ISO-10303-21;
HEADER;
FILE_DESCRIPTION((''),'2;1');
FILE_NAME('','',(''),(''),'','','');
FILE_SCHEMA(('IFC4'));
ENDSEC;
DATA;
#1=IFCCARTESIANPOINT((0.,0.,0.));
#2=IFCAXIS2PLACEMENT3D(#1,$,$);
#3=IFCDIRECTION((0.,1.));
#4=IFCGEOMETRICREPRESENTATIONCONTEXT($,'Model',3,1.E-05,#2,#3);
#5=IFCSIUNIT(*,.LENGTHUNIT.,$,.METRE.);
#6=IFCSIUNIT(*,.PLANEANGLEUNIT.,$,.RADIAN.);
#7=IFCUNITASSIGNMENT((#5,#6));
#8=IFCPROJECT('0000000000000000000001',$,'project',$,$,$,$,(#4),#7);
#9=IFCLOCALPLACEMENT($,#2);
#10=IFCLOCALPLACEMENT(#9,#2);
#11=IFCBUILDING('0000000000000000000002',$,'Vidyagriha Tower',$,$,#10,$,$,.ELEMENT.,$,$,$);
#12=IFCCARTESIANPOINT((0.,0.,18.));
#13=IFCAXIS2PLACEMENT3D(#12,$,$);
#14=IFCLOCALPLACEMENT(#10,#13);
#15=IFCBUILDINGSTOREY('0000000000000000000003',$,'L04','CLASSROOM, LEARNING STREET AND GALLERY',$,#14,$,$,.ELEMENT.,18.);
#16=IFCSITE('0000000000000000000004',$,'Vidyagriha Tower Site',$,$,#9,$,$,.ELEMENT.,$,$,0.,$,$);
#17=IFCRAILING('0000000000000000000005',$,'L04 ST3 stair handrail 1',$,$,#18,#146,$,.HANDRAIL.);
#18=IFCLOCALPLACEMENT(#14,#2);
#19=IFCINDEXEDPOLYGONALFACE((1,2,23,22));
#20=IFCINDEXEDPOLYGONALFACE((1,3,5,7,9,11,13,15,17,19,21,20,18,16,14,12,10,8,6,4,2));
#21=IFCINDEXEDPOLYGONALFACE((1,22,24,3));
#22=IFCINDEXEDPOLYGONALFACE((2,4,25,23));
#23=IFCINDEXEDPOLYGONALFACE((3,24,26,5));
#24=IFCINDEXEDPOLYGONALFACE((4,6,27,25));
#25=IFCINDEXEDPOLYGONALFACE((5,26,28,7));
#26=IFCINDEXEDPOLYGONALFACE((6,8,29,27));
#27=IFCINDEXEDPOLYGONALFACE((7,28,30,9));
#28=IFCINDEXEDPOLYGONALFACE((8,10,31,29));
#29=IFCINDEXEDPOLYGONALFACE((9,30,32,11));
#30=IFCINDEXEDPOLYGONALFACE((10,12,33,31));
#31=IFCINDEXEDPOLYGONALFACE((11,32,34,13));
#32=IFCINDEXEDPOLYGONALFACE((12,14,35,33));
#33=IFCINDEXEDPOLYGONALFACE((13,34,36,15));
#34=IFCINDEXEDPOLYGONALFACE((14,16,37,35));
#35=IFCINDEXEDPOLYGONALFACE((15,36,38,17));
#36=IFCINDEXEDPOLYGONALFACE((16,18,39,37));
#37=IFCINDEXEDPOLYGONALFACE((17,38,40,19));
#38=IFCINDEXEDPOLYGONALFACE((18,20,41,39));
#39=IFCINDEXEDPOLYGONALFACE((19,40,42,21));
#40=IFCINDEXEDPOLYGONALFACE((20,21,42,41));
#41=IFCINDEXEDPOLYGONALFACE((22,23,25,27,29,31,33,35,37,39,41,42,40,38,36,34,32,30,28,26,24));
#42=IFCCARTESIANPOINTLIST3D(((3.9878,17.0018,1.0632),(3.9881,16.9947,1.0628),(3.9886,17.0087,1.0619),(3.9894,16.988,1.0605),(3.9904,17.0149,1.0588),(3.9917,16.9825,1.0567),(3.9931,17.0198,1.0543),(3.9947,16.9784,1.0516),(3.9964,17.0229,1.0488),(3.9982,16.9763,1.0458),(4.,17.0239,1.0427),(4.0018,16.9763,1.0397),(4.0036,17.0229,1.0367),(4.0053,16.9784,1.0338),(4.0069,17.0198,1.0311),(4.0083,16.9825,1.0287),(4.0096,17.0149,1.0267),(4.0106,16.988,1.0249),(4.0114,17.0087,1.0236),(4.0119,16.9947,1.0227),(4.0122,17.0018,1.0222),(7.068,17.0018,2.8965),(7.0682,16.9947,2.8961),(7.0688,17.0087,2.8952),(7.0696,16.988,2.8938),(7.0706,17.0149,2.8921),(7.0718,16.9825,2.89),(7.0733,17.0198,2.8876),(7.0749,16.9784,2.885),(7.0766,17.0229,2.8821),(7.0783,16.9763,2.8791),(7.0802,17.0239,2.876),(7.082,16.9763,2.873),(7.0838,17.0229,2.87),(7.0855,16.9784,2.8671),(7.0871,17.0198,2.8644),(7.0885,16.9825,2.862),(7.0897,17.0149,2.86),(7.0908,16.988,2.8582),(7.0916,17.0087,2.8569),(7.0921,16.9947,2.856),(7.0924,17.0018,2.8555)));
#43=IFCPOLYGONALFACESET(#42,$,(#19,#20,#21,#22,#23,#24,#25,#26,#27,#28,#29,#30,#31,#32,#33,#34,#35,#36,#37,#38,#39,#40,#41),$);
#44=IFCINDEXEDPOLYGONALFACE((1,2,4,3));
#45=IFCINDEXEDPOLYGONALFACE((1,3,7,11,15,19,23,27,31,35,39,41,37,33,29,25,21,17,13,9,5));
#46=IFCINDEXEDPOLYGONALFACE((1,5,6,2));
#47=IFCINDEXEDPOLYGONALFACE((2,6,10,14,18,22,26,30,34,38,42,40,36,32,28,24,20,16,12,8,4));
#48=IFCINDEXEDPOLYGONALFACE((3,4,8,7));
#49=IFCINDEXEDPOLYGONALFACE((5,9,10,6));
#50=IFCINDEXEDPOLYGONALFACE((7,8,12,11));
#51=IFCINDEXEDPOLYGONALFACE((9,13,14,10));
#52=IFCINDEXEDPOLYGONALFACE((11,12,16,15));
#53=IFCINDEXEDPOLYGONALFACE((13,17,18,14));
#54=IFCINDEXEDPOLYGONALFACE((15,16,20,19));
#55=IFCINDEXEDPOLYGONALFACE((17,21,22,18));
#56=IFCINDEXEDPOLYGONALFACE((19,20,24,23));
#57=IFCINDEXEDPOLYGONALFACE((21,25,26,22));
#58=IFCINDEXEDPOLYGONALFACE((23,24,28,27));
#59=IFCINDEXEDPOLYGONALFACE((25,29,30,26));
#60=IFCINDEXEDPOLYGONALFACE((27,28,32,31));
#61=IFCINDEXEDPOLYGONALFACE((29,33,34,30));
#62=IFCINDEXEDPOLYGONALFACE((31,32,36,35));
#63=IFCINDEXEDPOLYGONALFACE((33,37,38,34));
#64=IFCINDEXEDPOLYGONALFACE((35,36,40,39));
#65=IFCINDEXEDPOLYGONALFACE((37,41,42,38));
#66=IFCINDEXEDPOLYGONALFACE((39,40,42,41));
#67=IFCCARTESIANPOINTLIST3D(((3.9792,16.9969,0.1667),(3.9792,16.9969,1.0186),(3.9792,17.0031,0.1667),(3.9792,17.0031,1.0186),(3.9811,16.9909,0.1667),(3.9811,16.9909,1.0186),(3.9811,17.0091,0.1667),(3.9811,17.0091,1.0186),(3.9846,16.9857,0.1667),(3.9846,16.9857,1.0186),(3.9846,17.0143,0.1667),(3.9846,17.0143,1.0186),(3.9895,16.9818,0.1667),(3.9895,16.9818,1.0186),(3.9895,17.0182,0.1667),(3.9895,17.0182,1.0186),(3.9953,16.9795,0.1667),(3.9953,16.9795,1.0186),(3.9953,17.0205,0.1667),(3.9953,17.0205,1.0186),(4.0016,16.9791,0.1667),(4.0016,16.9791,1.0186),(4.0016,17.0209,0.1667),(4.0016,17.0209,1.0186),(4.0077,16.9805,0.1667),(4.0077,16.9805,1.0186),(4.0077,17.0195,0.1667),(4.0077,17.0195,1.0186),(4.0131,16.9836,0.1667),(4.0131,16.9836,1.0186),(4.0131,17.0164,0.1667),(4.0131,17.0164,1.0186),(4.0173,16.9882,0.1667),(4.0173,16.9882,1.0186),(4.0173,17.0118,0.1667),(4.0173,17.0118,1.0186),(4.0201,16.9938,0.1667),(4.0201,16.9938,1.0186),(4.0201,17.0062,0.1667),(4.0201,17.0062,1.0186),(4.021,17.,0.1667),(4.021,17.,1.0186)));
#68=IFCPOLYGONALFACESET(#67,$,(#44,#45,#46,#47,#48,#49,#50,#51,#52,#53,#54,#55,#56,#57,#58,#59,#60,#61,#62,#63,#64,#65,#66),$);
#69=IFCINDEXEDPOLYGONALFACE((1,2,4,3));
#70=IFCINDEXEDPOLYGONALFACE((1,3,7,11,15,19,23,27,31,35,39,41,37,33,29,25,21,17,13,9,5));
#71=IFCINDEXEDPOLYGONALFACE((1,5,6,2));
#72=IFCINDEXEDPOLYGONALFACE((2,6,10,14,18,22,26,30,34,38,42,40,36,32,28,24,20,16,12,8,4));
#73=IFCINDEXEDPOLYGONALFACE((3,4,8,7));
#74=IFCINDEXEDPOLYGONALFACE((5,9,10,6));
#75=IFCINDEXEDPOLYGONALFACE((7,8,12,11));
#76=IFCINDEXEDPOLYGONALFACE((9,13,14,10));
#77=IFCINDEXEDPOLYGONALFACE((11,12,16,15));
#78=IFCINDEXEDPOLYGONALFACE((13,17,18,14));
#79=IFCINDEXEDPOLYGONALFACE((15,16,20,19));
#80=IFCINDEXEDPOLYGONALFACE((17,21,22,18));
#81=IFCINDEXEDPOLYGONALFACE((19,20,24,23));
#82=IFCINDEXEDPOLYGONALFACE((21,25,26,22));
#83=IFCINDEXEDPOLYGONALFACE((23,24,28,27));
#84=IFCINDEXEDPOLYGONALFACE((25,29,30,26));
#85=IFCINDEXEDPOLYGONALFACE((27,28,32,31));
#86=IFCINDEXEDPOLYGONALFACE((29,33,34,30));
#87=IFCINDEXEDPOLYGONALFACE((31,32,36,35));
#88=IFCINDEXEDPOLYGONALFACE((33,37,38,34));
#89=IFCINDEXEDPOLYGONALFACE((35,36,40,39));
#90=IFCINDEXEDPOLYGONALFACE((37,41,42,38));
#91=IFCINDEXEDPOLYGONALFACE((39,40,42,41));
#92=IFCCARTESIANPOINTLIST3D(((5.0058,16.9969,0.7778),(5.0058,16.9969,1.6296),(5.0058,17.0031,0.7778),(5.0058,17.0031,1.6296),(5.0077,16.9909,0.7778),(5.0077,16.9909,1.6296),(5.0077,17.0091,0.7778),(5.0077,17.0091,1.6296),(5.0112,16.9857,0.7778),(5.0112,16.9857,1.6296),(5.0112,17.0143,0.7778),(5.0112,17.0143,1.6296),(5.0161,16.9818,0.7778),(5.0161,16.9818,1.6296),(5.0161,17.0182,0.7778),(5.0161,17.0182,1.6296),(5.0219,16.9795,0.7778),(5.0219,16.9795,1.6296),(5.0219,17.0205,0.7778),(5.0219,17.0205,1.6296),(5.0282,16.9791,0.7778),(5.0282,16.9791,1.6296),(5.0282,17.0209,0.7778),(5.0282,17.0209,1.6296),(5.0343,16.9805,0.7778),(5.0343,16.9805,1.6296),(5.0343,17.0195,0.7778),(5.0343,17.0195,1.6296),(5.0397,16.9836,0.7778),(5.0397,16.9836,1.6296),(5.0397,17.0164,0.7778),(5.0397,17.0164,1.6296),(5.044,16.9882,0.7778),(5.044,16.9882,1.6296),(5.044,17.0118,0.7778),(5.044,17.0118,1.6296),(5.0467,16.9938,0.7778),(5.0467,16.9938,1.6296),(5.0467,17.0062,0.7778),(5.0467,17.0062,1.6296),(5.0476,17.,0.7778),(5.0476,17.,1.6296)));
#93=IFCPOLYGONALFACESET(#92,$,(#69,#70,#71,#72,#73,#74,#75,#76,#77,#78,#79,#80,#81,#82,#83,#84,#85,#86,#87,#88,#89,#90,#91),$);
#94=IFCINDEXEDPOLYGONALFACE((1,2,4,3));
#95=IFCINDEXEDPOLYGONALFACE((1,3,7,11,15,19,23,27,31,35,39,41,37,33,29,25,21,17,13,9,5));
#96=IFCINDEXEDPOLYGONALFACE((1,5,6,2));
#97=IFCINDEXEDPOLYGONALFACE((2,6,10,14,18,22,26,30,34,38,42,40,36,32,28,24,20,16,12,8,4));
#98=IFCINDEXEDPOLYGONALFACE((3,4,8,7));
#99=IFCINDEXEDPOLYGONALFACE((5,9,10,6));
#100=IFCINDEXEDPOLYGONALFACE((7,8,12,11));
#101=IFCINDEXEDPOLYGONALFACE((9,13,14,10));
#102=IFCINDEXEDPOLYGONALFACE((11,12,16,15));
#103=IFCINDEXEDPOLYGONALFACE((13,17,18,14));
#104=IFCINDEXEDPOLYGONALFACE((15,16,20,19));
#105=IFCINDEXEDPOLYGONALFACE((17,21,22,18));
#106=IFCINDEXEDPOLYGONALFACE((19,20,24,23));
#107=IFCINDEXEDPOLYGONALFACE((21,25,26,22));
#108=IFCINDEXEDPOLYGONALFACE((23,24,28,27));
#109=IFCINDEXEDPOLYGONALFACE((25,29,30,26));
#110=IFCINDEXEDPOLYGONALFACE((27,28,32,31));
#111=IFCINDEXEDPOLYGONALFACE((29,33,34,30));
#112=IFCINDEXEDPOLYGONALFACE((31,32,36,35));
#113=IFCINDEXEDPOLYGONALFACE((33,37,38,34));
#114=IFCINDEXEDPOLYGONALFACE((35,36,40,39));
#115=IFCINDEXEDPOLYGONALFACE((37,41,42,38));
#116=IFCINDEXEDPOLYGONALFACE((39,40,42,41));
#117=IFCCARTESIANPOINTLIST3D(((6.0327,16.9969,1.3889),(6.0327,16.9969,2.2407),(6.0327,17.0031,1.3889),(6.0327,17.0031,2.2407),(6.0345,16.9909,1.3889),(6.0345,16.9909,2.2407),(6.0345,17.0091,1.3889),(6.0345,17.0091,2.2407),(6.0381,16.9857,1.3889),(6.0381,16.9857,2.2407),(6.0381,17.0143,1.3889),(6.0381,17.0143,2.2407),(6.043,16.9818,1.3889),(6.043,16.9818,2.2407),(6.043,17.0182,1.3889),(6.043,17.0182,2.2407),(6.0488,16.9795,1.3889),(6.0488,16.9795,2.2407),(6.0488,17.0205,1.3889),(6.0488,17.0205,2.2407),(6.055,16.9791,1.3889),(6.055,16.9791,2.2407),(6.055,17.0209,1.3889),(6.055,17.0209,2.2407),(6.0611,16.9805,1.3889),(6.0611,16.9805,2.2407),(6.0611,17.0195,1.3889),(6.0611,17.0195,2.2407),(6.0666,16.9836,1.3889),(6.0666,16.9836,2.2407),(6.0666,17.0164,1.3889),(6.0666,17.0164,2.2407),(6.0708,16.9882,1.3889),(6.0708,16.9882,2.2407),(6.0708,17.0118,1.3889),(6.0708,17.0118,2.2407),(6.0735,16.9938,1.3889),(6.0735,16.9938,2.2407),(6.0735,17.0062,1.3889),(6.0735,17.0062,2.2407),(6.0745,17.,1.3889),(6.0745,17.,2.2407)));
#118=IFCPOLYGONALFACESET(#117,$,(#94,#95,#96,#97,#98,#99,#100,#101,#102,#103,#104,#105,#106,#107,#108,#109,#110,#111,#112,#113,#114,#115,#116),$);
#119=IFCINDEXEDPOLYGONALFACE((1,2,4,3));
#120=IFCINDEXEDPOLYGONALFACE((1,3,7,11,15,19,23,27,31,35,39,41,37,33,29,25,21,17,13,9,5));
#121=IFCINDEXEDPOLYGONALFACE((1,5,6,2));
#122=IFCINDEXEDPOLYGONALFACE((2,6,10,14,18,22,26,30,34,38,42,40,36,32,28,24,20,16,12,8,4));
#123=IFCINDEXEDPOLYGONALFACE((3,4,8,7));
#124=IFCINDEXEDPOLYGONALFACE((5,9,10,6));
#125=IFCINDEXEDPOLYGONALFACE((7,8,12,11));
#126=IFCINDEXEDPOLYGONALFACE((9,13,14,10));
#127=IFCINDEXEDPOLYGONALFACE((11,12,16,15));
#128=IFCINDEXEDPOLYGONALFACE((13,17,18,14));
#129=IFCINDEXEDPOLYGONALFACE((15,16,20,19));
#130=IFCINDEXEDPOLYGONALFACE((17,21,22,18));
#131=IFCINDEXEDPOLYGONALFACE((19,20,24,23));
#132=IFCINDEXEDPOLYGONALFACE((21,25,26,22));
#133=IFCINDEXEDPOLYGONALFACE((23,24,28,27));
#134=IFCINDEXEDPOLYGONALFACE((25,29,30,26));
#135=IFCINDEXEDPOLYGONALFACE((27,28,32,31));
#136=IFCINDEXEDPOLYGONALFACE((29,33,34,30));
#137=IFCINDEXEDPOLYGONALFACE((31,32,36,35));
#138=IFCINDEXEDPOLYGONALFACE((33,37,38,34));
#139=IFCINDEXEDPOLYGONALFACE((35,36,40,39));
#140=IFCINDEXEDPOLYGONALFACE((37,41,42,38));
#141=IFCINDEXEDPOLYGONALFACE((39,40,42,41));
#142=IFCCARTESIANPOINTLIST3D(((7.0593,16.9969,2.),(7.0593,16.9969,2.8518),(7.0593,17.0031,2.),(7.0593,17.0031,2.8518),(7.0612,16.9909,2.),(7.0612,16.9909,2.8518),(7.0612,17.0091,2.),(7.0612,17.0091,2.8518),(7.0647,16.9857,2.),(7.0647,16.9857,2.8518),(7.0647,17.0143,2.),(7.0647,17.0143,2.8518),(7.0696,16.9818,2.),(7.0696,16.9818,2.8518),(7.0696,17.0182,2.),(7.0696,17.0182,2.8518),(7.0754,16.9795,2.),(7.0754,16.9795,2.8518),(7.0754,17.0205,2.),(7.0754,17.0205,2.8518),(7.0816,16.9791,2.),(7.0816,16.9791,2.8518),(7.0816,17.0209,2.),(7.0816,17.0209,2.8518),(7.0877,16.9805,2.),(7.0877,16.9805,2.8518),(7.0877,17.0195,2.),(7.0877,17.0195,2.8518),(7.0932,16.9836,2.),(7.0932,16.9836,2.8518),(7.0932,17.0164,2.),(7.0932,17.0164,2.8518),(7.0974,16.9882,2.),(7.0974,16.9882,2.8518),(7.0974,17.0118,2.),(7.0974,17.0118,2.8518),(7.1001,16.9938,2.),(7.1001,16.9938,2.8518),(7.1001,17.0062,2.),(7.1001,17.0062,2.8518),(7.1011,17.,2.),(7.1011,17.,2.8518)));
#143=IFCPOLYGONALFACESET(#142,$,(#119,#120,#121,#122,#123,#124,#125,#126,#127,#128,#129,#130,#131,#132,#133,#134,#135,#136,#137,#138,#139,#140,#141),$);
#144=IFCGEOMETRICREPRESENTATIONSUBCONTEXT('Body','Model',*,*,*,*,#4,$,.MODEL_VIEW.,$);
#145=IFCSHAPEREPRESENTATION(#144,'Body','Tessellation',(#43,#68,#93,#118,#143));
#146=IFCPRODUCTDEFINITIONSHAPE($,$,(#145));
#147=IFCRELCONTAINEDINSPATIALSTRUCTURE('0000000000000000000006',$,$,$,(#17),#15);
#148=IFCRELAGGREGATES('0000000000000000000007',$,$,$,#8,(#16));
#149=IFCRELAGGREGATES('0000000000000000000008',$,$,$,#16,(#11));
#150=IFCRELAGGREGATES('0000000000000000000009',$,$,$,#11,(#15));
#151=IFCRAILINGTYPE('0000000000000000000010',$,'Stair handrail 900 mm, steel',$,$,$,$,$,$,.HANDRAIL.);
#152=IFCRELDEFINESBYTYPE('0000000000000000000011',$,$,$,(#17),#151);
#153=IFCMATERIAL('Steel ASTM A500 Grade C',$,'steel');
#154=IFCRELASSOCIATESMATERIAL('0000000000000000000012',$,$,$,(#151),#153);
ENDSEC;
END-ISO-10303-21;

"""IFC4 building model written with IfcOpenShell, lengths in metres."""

from ifc_helpers import new_model, si_unit, direction, frame, origin, origin_2d, place, context, subcontext, project, spatial, circle, extrude, material, type_object, element, save


model = new_model("IFC4")

# Units and contexts
model_context = context("Model", 3, precision=1e-05, world=origin(), true_north=direction((0.0, 1.0)))
body_context = subcontext(model_context, "Body", "Model", "MODEL_VIEW")
ifc_project = project(units=[si_unit("LENGTHUNIT", "METRE"), si_unit("PLANEANGLEUNIT", "RADIAN")], contexts=[model_context])

# Site, building, storey
site_placement = place(None, origin())
site = spatial("IfcSite", under=ifc_project, at=site_placement, Name="Vidyagriha Tower Site", CompositionType="ELEMENT", RefElevation=0.0)
building_placement = place(site_placement, origin())
building = spatial("IfcBuilding", under=site, at=building_placement, Name="Vidyagriha Tower", CompositionType="ELEMENT")
storey_placement = place(building_placement, frame((0.0, 0.0, 18.0)))
storey = spatial("IfcBuildingStorey", under=building, at=storey_placement, Name="L04", Description="CLASSROOM, LEARNING STREET AND GALLERY", CompositionType="ELEMENT", Elevation=18.0)

# Railing
ifc_material_1 = material(Name="Steel ASTM A500 Grade C", Category="steel")
railing_type_1 = type_object("IfcRailingType", Name="Stair handrail 900 mm, steel", PredefinedType="HANDRAIL", material=ifc_material_1)
railing_1_placement = place(storey_placement, frame((4.0, 17.0, 0.1667)))
element("IfcRailing", 1, at=railing_1_placement, inside=storey, type_object=railing_type_1, Name="L04 ST3 stair handrail 1", PredefinedType="HANDRAIL", context=body_context, shape_type="SweptSolid", body=[
    extrude(circle(Radius=0.0239, at=origin_2d()), frame((0.0, 0.0, 0.876), z_axis=(0.859309, 0.0, 0.511458), x_axis=(0.0, 1.0, 0.0)), (0.0, 0.0, 1.0), 3.5845),
    extrude(circle(Radius=0.021, at=origin_2d()), origin(), (0.0, 0.0, 1.0), 0.8518),
    extrude(circle(Radius=0.021, at=origin_2d()), frame((1.0266, 0.0, 0.6111)), (0.0, 0.0, 1.0), 0.8518),
    extrude(circle(Radius=0.021, at=origin_2d()), frame((2.0535, 0.0, 1.2222)), (0.0, 0.0, 1.0), 0.8518),
    extrude(circle(Radius=0.021, at=origin_2d()), frame((3.0801, 0.0, 1.8333)), (0.0, 0.0, 1.0), 0.8518),
])

save(model, "model.ifc")
